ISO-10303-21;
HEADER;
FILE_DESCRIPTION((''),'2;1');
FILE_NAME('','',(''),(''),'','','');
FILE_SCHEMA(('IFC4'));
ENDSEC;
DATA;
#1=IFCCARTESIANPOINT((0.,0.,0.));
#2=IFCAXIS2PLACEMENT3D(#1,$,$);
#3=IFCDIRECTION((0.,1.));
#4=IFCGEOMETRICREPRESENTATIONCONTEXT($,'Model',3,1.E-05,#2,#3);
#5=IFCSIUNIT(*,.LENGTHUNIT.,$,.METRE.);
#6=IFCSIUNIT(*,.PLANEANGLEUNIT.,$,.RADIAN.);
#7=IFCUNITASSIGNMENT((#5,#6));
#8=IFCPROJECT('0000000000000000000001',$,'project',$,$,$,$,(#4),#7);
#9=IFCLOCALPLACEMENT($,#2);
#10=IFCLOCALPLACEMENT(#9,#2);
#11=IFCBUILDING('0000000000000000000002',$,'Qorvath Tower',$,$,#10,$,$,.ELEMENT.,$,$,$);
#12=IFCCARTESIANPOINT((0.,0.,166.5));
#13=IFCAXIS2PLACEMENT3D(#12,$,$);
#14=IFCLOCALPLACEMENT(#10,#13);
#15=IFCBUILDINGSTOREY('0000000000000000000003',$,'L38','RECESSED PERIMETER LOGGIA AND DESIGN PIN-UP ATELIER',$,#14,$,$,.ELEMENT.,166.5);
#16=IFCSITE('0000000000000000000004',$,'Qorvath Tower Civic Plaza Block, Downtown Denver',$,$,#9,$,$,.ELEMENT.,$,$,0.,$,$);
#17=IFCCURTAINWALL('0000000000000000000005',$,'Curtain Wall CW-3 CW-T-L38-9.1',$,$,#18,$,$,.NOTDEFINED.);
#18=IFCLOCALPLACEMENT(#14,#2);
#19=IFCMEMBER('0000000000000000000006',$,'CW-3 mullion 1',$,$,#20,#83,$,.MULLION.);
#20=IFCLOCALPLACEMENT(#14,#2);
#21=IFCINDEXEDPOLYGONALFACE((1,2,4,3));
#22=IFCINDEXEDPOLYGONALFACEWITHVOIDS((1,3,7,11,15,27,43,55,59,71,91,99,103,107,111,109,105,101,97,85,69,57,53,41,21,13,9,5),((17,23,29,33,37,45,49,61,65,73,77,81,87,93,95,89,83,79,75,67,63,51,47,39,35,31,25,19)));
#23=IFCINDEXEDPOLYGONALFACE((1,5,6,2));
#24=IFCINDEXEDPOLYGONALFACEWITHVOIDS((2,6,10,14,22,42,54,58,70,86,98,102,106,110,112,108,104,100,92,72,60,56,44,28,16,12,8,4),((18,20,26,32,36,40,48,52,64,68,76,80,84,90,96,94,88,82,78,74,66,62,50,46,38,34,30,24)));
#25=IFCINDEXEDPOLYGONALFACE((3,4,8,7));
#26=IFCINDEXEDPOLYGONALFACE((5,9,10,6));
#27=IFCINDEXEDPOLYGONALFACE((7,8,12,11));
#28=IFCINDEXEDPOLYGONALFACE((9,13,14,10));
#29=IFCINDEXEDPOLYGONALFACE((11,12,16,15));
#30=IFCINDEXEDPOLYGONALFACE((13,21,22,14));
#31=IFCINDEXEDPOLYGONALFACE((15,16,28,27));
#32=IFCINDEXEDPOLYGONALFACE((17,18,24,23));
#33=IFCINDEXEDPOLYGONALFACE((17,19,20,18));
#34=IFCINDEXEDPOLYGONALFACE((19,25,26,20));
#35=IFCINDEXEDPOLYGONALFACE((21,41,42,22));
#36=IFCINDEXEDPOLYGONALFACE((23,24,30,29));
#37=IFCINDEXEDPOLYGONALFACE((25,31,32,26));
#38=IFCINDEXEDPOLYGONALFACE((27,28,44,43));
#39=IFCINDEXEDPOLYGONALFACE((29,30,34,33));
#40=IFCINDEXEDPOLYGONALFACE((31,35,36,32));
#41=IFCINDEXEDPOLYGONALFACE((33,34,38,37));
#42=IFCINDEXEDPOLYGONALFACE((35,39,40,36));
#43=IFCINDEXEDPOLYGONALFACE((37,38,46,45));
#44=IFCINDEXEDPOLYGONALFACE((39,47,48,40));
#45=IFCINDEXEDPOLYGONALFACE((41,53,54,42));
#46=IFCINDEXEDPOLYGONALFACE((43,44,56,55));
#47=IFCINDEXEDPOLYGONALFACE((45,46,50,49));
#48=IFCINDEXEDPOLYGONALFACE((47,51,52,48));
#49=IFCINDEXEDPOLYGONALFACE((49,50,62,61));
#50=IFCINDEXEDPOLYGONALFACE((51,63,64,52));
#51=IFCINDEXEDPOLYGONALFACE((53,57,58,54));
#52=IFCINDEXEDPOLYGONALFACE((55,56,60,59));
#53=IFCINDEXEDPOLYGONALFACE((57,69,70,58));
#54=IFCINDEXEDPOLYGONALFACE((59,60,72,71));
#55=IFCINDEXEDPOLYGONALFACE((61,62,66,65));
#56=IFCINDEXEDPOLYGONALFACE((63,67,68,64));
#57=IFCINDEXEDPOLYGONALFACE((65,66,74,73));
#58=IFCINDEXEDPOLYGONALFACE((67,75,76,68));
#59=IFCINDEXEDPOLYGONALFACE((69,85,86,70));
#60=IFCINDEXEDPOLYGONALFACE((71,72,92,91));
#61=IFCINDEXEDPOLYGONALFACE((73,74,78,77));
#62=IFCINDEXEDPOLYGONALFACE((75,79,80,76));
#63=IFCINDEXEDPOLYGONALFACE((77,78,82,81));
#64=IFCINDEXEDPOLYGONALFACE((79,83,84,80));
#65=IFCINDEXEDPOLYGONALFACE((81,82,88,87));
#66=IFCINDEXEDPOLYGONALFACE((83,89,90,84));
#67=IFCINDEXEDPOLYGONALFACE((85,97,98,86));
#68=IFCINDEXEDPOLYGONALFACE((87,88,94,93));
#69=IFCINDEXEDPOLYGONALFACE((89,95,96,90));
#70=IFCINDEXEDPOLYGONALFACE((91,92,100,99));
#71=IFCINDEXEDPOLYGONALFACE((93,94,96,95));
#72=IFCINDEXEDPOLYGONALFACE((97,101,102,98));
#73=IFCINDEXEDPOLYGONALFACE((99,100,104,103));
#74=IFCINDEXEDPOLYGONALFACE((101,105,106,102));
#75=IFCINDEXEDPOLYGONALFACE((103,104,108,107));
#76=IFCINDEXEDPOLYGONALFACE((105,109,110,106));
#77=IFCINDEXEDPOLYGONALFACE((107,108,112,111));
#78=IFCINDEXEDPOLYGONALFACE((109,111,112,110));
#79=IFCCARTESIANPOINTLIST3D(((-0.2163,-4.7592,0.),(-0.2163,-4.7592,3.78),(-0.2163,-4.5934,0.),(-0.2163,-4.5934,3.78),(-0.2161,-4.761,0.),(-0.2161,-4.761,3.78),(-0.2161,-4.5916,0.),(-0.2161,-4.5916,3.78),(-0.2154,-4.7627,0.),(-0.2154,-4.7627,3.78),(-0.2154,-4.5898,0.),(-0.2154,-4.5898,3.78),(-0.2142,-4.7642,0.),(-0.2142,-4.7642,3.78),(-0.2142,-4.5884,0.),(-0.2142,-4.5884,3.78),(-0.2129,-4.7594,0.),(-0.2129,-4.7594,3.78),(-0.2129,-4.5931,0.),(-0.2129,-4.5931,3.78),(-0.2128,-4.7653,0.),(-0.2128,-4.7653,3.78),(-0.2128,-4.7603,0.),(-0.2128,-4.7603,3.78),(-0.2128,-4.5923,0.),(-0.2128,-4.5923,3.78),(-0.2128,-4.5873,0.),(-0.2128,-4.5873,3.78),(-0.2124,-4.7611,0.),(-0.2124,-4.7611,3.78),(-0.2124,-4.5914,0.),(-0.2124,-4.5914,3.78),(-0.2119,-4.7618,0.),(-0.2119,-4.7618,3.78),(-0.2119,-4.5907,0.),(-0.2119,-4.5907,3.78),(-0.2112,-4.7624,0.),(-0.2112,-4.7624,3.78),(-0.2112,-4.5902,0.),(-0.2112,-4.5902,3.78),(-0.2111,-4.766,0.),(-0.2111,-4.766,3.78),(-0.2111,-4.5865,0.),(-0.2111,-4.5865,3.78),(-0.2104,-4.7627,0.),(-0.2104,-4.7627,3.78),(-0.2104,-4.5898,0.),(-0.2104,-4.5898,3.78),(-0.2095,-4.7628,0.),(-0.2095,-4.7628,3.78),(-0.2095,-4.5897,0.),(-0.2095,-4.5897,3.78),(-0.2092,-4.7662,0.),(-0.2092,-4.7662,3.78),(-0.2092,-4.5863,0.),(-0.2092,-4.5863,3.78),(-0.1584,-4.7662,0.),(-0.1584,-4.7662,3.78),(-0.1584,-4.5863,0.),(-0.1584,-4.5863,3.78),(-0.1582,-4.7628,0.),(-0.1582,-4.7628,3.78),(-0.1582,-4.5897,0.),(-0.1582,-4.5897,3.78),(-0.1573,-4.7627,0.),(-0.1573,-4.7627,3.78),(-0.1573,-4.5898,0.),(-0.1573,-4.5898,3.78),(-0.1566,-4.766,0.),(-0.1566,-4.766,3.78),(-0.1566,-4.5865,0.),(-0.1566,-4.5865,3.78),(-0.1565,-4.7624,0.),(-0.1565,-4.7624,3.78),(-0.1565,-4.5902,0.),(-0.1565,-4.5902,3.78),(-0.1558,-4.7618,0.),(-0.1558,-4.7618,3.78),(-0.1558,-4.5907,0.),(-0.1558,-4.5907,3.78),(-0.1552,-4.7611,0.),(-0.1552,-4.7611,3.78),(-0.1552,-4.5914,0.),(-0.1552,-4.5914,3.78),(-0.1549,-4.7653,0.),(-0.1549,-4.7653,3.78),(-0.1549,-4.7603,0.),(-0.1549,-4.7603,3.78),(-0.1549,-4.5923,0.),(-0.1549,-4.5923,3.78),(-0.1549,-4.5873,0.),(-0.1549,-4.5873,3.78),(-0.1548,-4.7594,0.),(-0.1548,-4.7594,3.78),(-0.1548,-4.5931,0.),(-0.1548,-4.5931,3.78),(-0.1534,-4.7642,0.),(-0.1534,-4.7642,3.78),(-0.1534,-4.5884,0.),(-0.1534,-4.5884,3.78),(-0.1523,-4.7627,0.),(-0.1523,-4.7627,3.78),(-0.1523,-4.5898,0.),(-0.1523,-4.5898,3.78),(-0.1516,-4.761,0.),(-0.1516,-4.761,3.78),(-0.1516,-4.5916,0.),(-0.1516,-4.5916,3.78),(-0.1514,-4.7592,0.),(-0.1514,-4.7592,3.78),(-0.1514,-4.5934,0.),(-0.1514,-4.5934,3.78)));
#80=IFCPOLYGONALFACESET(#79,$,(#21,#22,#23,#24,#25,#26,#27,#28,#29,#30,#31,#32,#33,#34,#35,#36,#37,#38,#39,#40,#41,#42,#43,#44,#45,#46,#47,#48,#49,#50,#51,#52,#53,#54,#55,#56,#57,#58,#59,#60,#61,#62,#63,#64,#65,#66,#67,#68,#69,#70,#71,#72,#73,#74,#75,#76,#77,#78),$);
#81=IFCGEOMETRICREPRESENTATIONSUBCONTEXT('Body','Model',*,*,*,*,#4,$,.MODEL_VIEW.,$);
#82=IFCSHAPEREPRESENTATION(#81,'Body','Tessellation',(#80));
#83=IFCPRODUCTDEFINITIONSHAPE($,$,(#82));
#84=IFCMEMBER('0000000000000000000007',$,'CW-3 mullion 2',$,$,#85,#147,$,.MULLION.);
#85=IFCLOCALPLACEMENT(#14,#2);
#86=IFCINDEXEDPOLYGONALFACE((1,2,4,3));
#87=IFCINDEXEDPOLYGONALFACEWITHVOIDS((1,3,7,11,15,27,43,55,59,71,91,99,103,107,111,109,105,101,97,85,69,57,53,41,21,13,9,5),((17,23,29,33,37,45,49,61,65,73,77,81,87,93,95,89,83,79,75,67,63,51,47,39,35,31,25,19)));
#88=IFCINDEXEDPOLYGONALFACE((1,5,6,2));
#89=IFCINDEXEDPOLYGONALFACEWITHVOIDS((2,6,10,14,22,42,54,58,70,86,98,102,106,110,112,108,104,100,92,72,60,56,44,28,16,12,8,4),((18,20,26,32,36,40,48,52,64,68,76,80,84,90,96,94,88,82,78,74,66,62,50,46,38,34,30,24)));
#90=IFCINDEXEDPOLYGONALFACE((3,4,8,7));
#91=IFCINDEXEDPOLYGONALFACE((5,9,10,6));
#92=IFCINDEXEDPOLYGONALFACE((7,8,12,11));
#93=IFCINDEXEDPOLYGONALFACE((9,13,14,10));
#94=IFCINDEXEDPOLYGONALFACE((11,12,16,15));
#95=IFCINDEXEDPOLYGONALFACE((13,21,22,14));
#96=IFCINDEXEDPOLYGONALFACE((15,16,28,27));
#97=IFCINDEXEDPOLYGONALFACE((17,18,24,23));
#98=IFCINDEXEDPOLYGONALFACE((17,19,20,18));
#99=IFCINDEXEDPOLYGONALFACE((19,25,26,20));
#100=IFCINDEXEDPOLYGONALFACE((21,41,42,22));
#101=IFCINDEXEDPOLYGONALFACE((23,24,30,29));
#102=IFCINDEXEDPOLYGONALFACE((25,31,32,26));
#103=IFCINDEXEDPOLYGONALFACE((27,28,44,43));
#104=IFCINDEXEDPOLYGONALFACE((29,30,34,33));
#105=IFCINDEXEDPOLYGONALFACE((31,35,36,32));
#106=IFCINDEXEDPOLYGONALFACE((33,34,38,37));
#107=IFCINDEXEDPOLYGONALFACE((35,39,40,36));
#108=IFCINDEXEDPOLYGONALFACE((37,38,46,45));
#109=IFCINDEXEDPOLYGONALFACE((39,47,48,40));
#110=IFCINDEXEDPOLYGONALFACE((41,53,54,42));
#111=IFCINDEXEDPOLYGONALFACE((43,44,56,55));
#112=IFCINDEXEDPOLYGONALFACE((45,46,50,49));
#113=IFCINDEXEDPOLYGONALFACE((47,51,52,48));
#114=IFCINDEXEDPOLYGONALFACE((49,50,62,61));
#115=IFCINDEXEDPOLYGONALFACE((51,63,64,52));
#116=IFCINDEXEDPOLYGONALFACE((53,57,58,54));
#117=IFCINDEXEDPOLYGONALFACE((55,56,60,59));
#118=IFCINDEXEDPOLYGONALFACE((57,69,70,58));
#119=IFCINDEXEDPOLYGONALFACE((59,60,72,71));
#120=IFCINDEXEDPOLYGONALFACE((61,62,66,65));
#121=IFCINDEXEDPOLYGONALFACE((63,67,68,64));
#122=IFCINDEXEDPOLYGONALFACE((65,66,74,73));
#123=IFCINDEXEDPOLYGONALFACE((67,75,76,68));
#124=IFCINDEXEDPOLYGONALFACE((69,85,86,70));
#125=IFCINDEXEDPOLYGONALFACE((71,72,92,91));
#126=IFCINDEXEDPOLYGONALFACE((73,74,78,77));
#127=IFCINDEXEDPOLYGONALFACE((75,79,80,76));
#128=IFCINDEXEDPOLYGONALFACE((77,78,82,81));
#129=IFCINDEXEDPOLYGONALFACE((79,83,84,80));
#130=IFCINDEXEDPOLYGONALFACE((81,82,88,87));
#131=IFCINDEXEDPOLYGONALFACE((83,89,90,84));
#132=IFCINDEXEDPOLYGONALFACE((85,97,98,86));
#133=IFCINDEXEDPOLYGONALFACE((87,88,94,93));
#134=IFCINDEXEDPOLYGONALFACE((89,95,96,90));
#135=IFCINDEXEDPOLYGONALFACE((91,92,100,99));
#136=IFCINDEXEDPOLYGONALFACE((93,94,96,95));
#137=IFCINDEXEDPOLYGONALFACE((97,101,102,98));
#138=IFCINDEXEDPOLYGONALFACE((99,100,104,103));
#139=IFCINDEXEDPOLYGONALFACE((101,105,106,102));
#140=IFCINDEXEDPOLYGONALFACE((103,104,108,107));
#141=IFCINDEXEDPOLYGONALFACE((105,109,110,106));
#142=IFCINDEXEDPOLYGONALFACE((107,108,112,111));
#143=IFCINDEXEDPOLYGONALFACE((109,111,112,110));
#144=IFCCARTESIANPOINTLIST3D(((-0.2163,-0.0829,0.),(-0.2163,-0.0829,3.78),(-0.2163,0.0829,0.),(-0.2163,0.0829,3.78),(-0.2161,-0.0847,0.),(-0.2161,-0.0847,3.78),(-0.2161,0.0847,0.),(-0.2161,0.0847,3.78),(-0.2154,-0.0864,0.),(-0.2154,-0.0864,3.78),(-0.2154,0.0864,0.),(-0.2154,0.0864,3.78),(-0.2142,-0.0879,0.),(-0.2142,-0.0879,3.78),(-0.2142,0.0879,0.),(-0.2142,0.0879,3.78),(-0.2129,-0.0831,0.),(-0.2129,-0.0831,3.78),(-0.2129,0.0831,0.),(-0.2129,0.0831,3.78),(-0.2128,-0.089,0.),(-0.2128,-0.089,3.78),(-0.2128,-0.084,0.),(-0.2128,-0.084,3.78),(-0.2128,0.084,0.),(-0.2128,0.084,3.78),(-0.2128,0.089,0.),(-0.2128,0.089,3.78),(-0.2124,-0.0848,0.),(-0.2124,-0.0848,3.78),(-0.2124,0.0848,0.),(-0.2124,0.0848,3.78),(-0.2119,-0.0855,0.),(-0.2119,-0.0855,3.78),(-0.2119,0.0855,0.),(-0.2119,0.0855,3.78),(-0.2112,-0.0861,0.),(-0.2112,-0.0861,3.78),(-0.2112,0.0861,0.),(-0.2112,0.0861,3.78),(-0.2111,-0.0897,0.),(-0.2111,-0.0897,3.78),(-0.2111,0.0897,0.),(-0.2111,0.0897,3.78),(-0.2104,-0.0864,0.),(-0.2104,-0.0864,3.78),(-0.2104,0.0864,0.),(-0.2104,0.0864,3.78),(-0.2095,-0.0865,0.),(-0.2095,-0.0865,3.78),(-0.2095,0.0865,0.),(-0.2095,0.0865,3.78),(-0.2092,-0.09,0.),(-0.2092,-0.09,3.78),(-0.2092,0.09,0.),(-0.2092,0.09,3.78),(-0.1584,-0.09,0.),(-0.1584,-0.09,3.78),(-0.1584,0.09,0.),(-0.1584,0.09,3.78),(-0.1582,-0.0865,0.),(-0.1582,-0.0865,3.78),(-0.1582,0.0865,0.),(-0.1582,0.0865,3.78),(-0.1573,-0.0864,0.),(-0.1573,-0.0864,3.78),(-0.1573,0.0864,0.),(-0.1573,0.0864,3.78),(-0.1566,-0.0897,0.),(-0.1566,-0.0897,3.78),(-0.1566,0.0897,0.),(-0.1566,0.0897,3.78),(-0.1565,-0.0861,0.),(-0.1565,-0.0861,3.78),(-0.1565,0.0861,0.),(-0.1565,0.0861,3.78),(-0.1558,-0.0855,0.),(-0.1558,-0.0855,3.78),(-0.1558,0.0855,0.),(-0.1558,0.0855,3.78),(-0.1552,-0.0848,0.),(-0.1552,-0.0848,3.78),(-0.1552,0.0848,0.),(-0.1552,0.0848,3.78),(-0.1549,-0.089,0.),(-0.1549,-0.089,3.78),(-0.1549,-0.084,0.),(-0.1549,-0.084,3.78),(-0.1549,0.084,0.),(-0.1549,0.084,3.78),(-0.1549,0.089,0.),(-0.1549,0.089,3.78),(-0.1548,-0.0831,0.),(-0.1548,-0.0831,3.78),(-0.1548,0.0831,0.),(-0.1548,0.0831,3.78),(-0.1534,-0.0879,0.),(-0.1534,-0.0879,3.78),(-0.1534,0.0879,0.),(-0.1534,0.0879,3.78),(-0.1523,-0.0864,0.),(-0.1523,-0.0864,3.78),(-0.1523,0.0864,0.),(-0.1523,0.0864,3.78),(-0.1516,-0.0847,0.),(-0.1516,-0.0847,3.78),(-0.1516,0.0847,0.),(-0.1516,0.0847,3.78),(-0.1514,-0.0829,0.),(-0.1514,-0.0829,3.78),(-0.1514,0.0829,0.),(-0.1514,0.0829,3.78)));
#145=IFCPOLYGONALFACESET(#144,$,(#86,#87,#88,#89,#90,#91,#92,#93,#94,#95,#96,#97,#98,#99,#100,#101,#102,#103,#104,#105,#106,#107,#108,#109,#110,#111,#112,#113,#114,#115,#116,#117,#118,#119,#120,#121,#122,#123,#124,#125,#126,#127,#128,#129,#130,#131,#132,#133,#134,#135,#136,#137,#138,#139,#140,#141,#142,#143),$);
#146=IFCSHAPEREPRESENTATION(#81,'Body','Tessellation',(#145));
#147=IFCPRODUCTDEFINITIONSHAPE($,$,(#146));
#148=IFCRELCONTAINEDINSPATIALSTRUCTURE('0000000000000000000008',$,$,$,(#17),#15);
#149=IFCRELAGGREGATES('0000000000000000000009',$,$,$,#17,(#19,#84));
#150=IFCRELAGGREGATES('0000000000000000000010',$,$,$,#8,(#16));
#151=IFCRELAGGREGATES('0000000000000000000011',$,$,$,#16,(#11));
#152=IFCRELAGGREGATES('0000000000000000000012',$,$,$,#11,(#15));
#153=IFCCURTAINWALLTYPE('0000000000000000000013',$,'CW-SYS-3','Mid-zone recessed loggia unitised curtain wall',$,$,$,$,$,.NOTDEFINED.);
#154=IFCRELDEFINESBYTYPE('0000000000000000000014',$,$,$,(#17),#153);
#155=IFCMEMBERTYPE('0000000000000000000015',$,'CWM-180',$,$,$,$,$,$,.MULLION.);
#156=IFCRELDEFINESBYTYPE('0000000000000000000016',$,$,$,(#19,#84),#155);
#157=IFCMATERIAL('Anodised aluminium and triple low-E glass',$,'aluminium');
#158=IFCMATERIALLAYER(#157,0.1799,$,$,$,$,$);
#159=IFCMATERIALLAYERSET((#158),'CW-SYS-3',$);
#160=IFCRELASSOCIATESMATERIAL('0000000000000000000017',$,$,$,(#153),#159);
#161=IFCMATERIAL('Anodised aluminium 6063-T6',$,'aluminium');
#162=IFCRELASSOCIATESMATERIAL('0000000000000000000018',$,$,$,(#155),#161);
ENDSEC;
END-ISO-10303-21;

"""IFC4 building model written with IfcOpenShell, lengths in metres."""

from ifc_helpers import new_model, si_unit, direction, frame, origin, origin_2d, place, context, subcontext, project, spatial, hollow_rectangle, extrude, material, layer, layer_set, material_profile, profile_set, type_object, element, aggregate, save


model = new_model("IFC4")

# Units and contexts
model_context = context("Model", 3, precision=1e-05, world=origin(), true_north=direction((0.0, 1.0)))
body_context = subcontext(model_context, "Body", "Model", "MODEL_VIEW")
ifc_project = project(units=[si_unit("LENGTHUNIT", "METRE"), si_unit("PLANEANGLEUNIT", "RADIAN")], contexts=[model_context])

# Site, building, storey
site_placement = place(None, origin())
site = spatial("IfcSite", under=ifc_project, at=site_placement, Name="Qorvath Tower Civic Plaza Block, Downtown Denver", CompositionType="ELEMENT", RefElevation=0.0)
building_placement = place(site_placement, origin())
building = spatial("IfcBuilding", under=site, at=building_placement, Name="Qorvath Tower", CompositionType="ELEMENT")
storey_placement = place(building_placement, frame((0.0, 0.0, 166.5)))
storey = spatial("IfcBuildingStorey", under=building, at=storey_placement, Name="L38", Description="RECESSED PERIMETER LOGGIA AND DESIGN PIN-UP ATELIER", CompositionType="ELEMENT", Elevation=166.5)

# Curtain wall, members
ifc_material_1 = material(Name="Anodised aluminium and triple low-E glass", Category="aluminium")
ifc_layer_1 = layer(ifc_material_1, 0.1799)
ifc_layer_set_1 = layer_set([ifc_layer_1], Name="CW-SYS-3")
curtain_wall_type = type_object("IfcCurtainWallType", Name="CW-SYS-3", Description="Mid-zone recessed loggia unitised curtain wall", PredefinedType="NOTDEFINED", material=ifc_layer_set_1)
curtain_wall_placement = place(storey_placement, origin())
curtain_wall = element("IfcCurtainWall", 1, at=curtain_wall_placement, inside=storey, type_object=curtain_wall_type, Name="Curtain Wall CW-3 CW-T-L38-9.1", PredefinedType="NOTDEFINED")
ifc_material_2 = material(Name="Anodised aluminium 6063-T6", Category="aluminium")
ifc_material_profile_1 = material_profile(ifc_material_2, hollow_rectangle(XDim=0.0649, YDim=0.1799, WallThickness=0.0034, InnerFilletRadius=0.0034, OuterFilletRadius=0.0071, at=origin_2d()), Name="CWM 180x65")
ifc_profile_set_1 = profile_set([ifc_material_profile_1], Name="Anodised aluminium 6063-T6")
member_type_1 = type_object("IfcMemberType", Name="CWM-180", PredefinedType="MULLION", material=ifc_profile_set_1)
member_1_placement = place(storey_placement, frame((-0.1838, -4.6763, 0.0), z_axis=(0.0, 0.0, 1.0), x_axis=(-1.0, 0.0, 0.0)))
member_1 = element("IfcMember", 2, at=member_1_placement, type_object=member_type_1, Name="CW-3 mullion 1", PredefinedType="MULLION", context=body_context, shape_type="SweptSolid", body=[
    extrude(hollow_rectangle(XDim=0.0649, YDim=0.1799, WallThickness=0.0034, InnerFilletRadius=0.0034, OuterFilletRadius=0.0071, at=origin_2d()), origin(), (0.0, 0.0, 1.0), 3.78),
])
member_2_placement = place(storey_placement, frame((-0.1838, 0.0, 0.0), z_axis=(0.0, 0.0, 1.0), x_axis=(-1.0, 0.0, 0.0)))
member_2 = element("IfcMember", 3, at=member_2_placement, type_object=member_type_1, Name="CW-3 mullion 2", PredefinedType="MULLION", context=body_context, shape_type="SweptSolid", body=[
    extrude(hollow_rectangle(XDim=0.0649, YDim=0.1799, WallThickness=0.0034, InnerFilletRadius=0.0034, OuterFilletRadius=0.0071, at=origin_2d()), origin(), (0.0, 0.0, 1.0), 3.78),
])
aggregate(curtain_wall, [member_1, member_2])

save(model, "model.ifc")
